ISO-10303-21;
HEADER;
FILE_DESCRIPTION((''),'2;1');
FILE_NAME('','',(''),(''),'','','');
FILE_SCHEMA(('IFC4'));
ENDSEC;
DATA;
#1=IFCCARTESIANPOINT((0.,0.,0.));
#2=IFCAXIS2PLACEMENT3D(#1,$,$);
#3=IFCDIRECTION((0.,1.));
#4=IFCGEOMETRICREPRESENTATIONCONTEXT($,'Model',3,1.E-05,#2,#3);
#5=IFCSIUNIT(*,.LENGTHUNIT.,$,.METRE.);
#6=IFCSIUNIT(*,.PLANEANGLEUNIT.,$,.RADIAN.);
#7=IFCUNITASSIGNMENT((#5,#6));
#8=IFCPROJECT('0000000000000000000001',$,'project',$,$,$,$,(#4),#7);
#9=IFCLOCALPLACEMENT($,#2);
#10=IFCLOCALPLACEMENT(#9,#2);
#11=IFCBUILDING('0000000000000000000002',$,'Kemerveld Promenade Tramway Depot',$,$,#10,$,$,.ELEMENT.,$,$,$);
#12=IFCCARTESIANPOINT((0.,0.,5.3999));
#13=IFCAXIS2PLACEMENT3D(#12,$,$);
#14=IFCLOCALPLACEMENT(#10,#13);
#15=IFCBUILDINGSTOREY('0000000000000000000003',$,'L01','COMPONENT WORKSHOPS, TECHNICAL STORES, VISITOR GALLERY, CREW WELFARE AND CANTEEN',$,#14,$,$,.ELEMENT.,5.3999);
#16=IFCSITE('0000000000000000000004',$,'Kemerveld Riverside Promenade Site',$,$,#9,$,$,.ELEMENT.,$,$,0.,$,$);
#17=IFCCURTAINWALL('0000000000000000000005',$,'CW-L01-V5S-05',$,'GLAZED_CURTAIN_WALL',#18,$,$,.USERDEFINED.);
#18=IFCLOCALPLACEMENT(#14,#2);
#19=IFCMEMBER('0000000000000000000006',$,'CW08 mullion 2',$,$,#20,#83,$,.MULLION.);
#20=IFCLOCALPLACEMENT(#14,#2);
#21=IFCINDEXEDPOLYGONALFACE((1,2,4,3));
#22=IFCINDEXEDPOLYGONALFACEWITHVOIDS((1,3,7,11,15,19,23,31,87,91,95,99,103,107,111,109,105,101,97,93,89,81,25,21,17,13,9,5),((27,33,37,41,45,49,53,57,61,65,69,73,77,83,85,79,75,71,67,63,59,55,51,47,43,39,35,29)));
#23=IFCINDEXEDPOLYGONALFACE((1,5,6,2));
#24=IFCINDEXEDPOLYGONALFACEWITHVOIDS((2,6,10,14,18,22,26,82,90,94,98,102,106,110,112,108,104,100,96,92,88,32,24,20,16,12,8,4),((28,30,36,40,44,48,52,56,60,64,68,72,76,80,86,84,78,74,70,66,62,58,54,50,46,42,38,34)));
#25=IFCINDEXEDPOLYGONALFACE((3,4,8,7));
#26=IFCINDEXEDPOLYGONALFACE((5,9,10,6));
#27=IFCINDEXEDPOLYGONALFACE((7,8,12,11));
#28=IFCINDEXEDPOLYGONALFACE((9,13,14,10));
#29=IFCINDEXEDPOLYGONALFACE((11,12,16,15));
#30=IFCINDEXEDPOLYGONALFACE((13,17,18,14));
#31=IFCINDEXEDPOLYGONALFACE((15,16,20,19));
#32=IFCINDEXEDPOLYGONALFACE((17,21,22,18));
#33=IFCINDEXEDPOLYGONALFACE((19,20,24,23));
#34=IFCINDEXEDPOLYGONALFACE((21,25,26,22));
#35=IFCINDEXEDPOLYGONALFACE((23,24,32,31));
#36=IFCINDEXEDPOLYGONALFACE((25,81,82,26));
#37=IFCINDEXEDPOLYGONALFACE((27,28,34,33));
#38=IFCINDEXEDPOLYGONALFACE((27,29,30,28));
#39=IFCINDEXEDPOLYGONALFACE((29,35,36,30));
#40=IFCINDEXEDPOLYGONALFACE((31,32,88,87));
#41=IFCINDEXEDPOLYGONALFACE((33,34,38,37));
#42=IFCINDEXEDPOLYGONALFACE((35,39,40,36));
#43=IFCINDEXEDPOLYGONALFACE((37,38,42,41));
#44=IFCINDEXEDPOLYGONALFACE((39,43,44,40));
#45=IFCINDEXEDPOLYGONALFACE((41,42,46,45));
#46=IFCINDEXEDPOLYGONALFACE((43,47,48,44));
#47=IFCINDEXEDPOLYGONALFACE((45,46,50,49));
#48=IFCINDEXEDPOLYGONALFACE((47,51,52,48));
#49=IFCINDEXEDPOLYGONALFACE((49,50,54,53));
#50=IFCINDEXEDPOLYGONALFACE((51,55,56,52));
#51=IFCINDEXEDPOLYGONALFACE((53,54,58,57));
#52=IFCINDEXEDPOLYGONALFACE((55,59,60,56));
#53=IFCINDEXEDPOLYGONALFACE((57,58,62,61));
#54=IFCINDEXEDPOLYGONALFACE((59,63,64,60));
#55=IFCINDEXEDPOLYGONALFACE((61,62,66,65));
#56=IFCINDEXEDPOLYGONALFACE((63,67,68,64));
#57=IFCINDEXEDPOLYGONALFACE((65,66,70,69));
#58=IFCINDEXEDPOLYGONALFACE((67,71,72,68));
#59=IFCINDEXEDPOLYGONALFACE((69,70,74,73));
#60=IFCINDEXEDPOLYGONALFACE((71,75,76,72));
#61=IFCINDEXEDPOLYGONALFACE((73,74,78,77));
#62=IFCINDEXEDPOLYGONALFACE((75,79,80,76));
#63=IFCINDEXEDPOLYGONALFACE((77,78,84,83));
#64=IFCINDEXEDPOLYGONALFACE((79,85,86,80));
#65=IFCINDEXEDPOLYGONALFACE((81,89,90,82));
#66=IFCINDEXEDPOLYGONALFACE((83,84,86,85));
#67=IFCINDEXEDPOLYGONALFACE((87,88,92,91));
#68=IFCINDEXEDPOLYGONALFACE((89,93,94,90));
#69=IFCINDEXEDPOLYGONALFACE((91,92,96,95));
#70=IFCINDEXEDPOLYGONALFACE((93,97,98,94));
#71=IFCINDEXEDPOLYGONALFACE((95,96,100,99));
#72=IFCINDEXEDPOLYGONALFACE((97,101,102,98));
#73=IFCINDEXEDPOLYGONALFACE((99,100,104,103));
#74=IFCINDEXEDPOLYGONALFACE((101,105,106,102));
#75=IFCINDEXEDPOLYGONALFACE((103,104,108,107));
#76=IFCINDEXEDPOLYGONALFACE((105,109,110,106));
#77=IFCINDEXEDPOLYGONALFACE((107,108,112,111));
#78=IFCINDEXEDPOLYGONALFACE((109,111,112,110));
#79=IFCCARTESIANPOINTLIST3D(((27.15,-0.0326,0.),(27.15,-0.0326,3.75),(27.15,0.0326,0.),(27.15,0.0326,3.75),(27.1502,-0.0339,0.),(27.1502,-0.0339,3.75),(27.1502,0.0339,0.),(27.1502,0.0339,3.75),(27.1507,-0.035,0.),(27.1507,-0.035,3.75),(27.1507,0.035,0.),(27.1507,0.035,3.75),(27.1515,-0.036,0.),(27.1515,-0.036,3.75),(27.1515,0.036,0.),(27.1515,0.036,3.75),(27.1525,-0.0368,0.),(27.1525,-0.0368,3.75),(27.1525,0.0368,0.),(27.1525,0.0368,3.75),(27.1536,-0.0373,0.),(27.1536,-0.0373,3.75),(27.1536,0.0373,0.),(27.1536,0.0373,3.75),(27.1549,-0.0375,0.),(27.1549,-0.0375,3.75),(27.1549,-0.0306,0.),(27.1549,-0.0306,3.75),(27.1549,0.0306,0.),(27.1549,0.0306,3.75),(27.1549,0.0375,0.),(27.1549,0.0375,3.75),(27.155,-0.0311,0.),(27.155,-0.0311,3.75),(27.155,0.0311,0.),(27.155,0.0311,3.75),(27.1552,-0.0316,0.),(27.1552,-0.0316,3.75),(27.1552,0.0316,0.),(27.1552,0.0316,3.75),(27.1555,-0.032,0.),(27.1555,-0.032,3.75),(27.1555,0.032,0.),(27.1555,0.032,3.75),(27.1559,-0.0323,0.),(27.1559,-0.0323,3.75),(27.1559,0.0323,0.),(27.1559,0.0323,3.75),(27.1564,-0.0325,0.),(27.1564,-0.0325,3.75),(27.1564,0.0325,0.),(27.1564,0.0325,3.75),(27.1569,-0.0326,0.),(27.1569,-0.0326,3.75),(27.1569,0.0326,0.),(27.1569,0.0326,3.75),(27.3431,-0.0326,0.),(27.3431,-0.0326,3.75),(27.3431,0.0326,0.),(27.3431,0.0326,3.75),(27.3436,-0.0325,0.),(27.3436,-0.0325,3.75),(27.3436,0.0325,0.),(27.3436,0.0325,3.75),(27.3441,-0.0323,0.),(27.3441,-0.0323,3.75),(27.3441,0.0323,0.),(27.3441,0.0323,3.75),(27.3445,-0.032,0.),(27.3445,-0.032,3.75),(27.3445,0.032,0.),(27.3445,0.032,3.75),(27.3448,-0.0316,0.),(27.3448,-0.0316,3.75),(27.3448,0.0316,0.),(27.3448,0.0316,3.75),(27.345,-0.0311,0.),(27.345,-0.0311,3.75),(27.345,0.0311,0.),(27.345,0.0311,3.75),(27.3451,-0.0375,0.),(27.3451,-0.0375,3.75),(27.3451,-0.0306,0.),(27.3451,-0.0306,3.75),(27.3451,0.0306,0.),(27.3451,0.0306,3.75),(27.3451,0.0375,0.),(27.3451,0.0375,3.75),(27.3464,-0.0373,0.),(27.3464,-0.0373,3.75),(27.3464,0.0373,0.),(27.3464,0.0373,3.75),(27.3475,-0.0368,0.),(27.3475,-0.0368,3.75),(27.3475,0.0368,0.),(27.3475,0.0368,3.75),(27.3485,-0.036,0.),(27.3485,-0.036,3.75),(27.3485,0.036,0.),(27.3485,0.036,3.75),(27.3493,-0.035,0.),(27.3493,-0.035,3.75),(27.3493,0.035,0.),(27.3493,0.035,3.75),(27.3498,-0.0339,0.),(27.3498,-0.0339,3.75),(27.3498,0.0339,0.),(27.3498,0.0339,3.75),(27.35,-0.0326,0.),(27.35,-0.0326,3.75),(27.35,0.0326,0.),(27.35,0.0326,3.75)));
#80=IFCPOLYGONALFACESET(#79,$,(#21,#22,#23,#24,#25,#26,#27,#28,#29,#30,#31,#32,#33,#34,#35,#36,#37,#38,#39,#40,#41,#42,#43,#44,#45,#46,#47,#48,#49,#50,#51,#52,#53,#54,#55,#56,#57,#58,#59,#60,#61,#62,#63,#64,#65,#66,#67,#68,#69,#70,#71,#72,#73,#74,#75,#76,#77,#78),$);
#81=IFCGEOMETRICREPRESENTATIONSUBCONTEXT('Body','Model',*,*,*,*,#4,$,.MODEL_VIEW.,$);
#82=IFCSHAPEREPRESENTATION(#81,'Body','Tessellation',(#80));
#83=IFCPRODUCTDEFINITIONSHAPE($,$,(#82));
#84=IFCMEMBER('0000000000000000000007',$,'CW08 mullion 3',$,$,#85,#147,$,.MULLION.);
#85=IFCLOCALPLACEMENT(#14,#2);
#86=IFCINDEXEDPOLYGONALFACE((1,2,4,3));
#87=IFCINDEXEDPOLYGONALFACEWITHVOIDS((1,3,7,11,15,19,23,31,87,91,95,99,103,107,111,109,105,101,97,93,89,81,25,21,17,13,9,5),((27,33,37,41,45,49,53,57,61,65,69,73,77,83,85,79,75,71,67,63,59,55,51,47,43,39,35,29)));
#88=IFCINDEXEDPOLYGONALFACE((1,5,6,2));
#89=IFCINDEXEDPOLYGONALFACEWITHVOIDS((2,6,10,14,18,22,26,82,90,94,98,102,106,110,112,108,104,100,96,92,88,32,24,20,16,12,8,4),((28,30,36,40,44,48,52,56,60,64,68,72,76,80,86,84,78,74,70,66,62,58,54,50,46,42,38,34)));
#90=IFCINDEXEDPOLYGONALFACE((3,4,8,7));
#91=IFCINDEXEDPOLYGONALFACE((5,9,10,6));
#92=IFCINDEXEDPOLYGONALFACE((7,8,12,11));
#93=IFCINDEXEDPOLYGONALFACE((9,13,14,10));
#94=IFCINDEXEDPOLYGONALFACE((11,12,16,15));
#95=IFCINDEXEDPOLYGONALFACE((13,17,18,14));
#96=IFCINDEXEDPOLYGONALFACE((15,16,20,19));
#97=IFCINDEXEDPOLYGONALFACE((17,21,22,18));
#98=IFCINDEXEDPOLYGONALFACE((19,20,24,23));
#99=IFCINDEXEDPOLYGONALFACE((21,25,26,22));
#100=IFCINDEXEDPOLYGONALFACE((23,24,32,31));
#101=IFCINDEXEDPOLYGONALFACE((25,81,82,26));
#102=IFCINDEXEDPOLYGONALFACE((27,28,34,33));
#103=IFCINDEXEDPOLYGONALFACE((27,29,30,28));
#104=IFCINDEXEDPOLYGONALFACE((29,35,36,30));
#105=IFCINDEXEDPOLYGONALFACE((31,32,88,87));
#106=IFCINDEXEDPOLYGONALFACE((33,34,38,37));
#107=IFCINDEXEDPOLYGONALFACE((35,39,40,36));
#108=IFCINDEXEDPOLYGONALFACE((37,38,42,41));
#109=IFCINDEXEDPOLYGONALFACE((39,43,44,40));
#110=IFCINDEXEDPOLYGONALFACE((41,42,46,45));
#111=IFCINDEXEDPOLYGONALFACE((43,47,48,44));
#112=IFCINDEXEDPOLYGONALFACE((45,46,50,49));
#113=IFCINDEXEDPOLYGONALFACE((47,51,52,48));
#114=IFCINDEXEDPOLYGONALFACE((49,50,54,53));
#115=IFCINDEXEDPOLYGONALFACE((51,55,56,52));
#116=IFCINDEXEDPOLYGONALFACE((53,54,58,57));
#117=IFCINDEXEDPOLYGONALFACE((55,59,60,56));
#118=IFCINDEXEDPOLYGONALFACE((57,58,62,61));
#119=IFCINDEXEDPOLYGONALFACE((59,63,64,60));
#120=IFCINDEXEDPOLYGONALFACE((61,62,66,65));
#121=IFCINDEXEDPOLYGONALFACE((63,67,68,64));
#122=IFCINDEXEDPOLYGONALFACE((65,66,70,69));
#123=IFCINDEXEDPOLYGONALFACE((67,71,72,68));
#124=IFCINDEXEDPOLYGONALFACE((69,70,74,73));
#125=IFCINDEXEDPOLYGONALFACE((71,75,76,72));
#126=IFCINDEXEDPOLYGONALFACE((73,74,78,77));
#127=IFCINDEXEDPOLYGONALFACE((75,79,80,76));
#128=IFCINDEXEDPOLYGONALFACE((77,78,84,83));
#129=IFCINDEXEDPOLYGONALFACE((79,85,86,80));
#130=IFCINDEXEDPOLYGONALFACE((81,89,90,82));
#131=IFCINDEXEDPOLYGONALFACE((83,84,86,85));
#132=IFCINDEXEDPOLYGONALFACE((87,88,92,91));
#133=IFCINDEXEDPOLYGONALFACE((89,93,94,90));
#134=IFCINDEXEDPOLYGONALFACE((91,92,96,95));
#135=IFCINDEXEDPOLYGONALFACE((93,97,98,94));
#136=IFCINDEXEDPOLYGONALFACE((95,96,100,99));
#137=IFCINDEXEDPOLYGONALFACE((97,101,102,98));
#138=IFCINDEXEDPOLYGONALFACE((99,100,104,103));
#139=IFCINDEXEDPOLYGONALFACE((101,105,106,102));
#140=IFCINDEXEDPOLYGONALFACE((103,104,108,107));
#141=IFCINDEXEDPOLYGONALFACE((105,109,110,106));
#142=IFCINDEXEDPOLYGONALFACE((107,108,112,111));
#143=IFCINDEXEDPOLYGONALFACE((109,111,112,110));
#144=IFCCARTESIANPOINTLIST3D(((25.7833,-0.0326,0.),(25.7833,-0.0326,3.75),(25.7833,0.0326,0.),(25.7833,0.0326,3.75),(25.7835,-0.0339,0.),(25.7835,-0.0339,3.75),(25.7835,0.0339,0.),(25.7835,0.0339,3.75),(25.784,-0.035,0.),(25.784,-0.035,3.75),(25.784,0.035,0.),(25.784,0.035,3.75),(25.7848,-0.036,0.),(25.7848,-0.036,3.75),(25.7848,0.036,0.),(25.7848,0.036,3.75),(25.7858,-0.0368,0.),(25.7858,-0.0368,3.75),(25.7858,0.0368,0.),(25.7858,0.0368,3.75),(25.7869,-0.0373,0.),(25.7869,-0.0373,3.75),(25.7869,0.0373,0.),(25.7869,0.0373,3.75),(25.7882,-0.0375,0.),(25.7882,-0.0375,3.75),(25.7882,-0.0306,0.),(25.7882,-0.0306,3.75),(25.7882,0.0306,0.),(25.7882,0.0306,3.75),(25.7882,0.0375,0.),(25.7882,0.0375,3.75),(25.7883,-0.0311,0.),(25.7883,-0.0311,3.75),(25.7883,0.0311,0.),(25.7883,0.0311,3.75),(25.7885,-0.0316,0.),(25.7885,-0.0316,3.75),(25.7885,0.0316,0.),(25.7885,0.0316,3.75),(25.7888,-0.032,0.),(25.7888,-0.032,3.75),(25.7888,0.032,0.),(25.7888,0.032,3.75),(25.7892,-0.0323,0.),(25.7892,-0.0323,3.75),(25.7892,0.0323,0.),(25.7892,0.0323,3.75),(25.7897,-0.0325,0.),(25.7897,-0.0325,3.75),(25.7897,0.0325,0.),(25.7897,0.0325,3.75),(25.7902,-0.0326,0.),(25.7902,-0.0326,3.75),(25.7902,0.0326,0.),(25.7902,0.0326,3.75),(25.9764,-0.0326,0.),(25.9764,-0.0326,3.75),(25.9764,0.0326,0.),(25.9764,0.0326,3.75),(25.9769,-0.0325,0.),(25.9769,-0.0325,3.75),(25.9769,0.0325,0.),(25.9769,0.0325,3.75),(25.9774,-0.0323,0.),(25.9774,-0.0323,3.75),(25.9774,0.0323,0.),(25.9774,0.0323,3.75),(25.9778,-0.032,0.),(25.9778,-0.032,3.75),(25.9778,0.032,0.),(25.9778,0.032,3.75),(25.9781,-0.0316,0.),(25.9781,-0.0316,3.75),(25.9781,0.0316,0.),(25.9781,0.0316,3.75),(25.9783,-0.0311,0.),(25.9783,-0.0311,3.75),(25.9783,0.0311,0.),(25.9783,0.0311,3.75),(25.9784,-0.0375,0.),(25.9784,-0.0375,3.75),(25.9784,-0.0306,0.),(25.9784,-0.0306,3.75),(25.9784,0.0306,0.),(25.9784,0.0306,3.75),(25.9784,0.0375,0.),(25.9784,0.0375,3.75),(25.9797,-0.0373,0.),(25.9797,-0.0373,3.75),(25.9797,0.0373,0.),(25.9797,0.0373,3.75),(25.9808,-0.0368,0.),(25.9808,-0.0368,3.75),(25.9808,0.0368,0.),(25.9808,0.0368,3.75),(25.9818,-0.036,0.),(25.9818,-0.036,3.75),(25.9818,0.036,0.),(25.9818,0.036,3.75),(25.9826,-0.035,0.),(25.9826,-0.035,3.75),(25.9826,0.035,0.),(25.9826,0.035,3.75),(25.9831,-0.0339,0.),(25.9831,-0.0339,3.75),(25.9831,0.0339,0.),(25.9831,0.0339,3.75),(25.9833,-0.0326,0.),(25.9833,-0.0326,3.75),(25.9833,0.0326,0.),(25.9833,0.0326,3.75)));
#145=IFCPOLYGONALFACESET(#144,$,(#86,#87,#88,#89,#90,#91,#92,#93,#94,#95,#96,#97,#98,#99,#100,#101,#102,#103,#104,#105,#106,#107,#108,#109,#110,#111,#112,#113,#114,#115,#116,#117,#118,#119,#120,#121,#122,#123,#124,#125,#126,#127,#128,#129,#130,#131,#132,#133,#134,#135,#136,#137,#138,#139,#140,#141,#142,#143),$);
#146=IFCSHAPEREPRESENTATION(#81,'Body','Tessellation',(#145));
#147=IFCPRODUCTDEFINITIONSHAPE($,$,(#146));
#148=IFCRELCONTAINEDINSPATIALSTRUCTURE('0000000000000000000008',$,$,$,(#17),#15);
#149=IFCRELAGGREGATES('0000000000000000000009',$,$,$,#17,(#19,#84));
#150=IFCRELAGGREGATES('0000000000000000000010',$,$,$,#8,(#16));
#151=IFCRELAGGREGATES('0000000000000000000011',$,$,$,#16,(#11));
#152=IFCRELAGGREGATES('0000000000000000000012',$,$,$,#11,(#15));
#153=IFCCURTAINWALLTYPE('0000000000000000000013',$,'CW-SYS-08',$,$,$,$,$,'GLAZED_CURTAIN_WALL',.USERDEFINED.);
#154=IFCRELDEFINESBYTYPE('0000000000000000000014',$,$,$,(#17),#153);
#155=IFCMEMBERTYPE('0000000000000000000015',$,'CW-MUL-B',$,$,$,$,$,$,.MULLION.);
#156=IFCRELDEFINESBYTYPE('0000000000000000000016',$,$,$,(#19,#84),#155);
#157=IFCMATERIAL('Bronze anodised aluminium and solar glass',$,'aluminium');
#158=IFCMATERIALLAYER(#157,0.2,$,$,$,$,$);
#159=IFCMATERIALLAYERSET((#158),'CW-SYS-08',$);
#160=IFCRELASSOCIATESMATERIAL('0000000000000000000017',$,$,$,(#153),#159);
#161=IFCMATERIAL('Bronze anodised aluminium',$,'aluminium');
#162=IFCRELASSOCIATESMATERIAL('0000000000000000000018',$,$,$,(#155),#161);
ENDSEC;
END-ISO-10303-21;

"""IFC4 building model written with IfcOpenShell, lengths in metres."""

from ifc_helpers import new_model, si_unit, direction, frame, origin, origin_2d, place, context, subcontext, project, spatial, hollow_rectangle, extrude, material, layer, layer_set, material_profile, profile_set, type_object, element, aggregate, save


model = new_model("IFC4")

# Units and contexts
model_context = context("Model", 3, precision=1e-05, world=origin(), true_north=direction((0.0, 1.0)))
body_context = subcontext(model_context, "Body", "Model", "MODEL_VIEW")
ifc_project = project(units=[si_unit("LENGTHUNIT", "METRE"), si_unit("PLANEANGLEUNIT", "RADIAN")], contexts=[model_context])

# Site, building, storey
site_placement = place(None, origin())
site = spatial("IfcSite", under=ifc_project, at=site_placement, Name="Kemerveld Riverside Promenade Site", CompositionType="ELEMENT", RefElevation=0.0)
building_placement = place(site_placement, origin())
building = spatial("IfcBuilding", under=site, at=building_placement, Name="Kemerveld Promenade Tramway Depot", CompositionType="ELEMENT")
storey_placement = place(building_placement, frame((0.0, 0.0, 5.3999)))
storey = spatial("IfcBuildingStorey", under=building, at=storey_placement, Name="L01", Description="COMPONENT WORKSHOPS, TECHNICAL STORES, VISITOR GALLERY, CREW WELFARE AND CANTEEN", CompositionType="ELEMENT", Elevation=5.3999)

# Curtain wall, members
ifc_material_1 = material(Name="Bronze anodised aluminium and solar glass", Category="aluminium")
ifc_layer_1 = layer(ifc_material_1, 0.2)
ifc_layer_set_1 = layer_set([ifc_layer_1], Name="CW-SYS-08")
curtain_wall_type = type_object("IfcCurtainWallType", Name="CW-SYS-08", ElementType="GLAZED_CURTAIN_WALL", PredefinedType="USERDEFINED", material=ifc_layer_set_1)
curtain_wall_placement = place(storey_placement, origin())
curtain_wall = element("IfcCurtainWall", 1, at=curtain_wall_placement, inside=storey, type_object=curtain_wall_type, Name="CW-L01-V5S-05", ObjectType="GLAZED_CURTAIN_WALL", PredefinedType="USERDEFINED")
ifc_material_2 = material(Name="Bronze anodised aluminium", Category="aluminium")
ifc_material_profile_1 = material_profile(ifc_material_2, hollow_rectangle(XDim=0.075, YDim=0.2, WallThickness=0.0049, InnerFilletRadius=0.002, OuterFilletRadius=0.0049, at=origin_2d()), Name="CW-MUL-200x75")
ifc_profile_set_1 = profile_set([ifc_material_profile_1], Name="Bronze anodised aluminium")
member_type_1 = type_object("IfcMemberType", Name="CW-MUL-B", PredefinedType="MULLION", material=ifc_profile_set_1)
member_1_placement = place(storey_placement, frame((27.25, 0.0, 0.0), z_axis=(0.0, 0.0, 1.0), x_axis=(0.0, -1.0, 0.0)))
member_1 = element("IfcMember", 2, at=member_1_placement, type_object=member_type_1, Name="CW08 mullion 2", PredefinedType="MULLION", context=body_context, shape_type="SweptSolid", body=[
    extrude(hollow_rectangle(XDim=0.075, YDim=0.2, WallThickness=0.0049, InnerFilletRadius=0.002, OuterFilletRadius=0.0049, at=origin_2d()), origin(), (0.0, 0.0, 1.0), 3.75),
])
member_2_placement = place(storey_placement, frame((25.8833, 0.0, 0.0), z_axis=(0.0, 0.0, 1.0), x_axis=(0.0, -1.0, 0.0)))
member_2 = element("IfcMember", 3, at=member_2_placement, type_object=member_type_1, Name="CW08 mullion 3", PredefinedType="MULLION", context=body_context, shape_type="SweptSolid", body=[
    extrude(hollow_rectangle(XDim=0.075, YDim=0.2, WallThickness=0.0049, InnerFilletRadius=0.002, OuterFilletRadius=0.0049, at=origin_2d()), origin(), (0.0, 0.0, 1.0), 3.75),
])
aggregate(curtain_wall, [member_1, member_2])

save(model, "model.ifc")
